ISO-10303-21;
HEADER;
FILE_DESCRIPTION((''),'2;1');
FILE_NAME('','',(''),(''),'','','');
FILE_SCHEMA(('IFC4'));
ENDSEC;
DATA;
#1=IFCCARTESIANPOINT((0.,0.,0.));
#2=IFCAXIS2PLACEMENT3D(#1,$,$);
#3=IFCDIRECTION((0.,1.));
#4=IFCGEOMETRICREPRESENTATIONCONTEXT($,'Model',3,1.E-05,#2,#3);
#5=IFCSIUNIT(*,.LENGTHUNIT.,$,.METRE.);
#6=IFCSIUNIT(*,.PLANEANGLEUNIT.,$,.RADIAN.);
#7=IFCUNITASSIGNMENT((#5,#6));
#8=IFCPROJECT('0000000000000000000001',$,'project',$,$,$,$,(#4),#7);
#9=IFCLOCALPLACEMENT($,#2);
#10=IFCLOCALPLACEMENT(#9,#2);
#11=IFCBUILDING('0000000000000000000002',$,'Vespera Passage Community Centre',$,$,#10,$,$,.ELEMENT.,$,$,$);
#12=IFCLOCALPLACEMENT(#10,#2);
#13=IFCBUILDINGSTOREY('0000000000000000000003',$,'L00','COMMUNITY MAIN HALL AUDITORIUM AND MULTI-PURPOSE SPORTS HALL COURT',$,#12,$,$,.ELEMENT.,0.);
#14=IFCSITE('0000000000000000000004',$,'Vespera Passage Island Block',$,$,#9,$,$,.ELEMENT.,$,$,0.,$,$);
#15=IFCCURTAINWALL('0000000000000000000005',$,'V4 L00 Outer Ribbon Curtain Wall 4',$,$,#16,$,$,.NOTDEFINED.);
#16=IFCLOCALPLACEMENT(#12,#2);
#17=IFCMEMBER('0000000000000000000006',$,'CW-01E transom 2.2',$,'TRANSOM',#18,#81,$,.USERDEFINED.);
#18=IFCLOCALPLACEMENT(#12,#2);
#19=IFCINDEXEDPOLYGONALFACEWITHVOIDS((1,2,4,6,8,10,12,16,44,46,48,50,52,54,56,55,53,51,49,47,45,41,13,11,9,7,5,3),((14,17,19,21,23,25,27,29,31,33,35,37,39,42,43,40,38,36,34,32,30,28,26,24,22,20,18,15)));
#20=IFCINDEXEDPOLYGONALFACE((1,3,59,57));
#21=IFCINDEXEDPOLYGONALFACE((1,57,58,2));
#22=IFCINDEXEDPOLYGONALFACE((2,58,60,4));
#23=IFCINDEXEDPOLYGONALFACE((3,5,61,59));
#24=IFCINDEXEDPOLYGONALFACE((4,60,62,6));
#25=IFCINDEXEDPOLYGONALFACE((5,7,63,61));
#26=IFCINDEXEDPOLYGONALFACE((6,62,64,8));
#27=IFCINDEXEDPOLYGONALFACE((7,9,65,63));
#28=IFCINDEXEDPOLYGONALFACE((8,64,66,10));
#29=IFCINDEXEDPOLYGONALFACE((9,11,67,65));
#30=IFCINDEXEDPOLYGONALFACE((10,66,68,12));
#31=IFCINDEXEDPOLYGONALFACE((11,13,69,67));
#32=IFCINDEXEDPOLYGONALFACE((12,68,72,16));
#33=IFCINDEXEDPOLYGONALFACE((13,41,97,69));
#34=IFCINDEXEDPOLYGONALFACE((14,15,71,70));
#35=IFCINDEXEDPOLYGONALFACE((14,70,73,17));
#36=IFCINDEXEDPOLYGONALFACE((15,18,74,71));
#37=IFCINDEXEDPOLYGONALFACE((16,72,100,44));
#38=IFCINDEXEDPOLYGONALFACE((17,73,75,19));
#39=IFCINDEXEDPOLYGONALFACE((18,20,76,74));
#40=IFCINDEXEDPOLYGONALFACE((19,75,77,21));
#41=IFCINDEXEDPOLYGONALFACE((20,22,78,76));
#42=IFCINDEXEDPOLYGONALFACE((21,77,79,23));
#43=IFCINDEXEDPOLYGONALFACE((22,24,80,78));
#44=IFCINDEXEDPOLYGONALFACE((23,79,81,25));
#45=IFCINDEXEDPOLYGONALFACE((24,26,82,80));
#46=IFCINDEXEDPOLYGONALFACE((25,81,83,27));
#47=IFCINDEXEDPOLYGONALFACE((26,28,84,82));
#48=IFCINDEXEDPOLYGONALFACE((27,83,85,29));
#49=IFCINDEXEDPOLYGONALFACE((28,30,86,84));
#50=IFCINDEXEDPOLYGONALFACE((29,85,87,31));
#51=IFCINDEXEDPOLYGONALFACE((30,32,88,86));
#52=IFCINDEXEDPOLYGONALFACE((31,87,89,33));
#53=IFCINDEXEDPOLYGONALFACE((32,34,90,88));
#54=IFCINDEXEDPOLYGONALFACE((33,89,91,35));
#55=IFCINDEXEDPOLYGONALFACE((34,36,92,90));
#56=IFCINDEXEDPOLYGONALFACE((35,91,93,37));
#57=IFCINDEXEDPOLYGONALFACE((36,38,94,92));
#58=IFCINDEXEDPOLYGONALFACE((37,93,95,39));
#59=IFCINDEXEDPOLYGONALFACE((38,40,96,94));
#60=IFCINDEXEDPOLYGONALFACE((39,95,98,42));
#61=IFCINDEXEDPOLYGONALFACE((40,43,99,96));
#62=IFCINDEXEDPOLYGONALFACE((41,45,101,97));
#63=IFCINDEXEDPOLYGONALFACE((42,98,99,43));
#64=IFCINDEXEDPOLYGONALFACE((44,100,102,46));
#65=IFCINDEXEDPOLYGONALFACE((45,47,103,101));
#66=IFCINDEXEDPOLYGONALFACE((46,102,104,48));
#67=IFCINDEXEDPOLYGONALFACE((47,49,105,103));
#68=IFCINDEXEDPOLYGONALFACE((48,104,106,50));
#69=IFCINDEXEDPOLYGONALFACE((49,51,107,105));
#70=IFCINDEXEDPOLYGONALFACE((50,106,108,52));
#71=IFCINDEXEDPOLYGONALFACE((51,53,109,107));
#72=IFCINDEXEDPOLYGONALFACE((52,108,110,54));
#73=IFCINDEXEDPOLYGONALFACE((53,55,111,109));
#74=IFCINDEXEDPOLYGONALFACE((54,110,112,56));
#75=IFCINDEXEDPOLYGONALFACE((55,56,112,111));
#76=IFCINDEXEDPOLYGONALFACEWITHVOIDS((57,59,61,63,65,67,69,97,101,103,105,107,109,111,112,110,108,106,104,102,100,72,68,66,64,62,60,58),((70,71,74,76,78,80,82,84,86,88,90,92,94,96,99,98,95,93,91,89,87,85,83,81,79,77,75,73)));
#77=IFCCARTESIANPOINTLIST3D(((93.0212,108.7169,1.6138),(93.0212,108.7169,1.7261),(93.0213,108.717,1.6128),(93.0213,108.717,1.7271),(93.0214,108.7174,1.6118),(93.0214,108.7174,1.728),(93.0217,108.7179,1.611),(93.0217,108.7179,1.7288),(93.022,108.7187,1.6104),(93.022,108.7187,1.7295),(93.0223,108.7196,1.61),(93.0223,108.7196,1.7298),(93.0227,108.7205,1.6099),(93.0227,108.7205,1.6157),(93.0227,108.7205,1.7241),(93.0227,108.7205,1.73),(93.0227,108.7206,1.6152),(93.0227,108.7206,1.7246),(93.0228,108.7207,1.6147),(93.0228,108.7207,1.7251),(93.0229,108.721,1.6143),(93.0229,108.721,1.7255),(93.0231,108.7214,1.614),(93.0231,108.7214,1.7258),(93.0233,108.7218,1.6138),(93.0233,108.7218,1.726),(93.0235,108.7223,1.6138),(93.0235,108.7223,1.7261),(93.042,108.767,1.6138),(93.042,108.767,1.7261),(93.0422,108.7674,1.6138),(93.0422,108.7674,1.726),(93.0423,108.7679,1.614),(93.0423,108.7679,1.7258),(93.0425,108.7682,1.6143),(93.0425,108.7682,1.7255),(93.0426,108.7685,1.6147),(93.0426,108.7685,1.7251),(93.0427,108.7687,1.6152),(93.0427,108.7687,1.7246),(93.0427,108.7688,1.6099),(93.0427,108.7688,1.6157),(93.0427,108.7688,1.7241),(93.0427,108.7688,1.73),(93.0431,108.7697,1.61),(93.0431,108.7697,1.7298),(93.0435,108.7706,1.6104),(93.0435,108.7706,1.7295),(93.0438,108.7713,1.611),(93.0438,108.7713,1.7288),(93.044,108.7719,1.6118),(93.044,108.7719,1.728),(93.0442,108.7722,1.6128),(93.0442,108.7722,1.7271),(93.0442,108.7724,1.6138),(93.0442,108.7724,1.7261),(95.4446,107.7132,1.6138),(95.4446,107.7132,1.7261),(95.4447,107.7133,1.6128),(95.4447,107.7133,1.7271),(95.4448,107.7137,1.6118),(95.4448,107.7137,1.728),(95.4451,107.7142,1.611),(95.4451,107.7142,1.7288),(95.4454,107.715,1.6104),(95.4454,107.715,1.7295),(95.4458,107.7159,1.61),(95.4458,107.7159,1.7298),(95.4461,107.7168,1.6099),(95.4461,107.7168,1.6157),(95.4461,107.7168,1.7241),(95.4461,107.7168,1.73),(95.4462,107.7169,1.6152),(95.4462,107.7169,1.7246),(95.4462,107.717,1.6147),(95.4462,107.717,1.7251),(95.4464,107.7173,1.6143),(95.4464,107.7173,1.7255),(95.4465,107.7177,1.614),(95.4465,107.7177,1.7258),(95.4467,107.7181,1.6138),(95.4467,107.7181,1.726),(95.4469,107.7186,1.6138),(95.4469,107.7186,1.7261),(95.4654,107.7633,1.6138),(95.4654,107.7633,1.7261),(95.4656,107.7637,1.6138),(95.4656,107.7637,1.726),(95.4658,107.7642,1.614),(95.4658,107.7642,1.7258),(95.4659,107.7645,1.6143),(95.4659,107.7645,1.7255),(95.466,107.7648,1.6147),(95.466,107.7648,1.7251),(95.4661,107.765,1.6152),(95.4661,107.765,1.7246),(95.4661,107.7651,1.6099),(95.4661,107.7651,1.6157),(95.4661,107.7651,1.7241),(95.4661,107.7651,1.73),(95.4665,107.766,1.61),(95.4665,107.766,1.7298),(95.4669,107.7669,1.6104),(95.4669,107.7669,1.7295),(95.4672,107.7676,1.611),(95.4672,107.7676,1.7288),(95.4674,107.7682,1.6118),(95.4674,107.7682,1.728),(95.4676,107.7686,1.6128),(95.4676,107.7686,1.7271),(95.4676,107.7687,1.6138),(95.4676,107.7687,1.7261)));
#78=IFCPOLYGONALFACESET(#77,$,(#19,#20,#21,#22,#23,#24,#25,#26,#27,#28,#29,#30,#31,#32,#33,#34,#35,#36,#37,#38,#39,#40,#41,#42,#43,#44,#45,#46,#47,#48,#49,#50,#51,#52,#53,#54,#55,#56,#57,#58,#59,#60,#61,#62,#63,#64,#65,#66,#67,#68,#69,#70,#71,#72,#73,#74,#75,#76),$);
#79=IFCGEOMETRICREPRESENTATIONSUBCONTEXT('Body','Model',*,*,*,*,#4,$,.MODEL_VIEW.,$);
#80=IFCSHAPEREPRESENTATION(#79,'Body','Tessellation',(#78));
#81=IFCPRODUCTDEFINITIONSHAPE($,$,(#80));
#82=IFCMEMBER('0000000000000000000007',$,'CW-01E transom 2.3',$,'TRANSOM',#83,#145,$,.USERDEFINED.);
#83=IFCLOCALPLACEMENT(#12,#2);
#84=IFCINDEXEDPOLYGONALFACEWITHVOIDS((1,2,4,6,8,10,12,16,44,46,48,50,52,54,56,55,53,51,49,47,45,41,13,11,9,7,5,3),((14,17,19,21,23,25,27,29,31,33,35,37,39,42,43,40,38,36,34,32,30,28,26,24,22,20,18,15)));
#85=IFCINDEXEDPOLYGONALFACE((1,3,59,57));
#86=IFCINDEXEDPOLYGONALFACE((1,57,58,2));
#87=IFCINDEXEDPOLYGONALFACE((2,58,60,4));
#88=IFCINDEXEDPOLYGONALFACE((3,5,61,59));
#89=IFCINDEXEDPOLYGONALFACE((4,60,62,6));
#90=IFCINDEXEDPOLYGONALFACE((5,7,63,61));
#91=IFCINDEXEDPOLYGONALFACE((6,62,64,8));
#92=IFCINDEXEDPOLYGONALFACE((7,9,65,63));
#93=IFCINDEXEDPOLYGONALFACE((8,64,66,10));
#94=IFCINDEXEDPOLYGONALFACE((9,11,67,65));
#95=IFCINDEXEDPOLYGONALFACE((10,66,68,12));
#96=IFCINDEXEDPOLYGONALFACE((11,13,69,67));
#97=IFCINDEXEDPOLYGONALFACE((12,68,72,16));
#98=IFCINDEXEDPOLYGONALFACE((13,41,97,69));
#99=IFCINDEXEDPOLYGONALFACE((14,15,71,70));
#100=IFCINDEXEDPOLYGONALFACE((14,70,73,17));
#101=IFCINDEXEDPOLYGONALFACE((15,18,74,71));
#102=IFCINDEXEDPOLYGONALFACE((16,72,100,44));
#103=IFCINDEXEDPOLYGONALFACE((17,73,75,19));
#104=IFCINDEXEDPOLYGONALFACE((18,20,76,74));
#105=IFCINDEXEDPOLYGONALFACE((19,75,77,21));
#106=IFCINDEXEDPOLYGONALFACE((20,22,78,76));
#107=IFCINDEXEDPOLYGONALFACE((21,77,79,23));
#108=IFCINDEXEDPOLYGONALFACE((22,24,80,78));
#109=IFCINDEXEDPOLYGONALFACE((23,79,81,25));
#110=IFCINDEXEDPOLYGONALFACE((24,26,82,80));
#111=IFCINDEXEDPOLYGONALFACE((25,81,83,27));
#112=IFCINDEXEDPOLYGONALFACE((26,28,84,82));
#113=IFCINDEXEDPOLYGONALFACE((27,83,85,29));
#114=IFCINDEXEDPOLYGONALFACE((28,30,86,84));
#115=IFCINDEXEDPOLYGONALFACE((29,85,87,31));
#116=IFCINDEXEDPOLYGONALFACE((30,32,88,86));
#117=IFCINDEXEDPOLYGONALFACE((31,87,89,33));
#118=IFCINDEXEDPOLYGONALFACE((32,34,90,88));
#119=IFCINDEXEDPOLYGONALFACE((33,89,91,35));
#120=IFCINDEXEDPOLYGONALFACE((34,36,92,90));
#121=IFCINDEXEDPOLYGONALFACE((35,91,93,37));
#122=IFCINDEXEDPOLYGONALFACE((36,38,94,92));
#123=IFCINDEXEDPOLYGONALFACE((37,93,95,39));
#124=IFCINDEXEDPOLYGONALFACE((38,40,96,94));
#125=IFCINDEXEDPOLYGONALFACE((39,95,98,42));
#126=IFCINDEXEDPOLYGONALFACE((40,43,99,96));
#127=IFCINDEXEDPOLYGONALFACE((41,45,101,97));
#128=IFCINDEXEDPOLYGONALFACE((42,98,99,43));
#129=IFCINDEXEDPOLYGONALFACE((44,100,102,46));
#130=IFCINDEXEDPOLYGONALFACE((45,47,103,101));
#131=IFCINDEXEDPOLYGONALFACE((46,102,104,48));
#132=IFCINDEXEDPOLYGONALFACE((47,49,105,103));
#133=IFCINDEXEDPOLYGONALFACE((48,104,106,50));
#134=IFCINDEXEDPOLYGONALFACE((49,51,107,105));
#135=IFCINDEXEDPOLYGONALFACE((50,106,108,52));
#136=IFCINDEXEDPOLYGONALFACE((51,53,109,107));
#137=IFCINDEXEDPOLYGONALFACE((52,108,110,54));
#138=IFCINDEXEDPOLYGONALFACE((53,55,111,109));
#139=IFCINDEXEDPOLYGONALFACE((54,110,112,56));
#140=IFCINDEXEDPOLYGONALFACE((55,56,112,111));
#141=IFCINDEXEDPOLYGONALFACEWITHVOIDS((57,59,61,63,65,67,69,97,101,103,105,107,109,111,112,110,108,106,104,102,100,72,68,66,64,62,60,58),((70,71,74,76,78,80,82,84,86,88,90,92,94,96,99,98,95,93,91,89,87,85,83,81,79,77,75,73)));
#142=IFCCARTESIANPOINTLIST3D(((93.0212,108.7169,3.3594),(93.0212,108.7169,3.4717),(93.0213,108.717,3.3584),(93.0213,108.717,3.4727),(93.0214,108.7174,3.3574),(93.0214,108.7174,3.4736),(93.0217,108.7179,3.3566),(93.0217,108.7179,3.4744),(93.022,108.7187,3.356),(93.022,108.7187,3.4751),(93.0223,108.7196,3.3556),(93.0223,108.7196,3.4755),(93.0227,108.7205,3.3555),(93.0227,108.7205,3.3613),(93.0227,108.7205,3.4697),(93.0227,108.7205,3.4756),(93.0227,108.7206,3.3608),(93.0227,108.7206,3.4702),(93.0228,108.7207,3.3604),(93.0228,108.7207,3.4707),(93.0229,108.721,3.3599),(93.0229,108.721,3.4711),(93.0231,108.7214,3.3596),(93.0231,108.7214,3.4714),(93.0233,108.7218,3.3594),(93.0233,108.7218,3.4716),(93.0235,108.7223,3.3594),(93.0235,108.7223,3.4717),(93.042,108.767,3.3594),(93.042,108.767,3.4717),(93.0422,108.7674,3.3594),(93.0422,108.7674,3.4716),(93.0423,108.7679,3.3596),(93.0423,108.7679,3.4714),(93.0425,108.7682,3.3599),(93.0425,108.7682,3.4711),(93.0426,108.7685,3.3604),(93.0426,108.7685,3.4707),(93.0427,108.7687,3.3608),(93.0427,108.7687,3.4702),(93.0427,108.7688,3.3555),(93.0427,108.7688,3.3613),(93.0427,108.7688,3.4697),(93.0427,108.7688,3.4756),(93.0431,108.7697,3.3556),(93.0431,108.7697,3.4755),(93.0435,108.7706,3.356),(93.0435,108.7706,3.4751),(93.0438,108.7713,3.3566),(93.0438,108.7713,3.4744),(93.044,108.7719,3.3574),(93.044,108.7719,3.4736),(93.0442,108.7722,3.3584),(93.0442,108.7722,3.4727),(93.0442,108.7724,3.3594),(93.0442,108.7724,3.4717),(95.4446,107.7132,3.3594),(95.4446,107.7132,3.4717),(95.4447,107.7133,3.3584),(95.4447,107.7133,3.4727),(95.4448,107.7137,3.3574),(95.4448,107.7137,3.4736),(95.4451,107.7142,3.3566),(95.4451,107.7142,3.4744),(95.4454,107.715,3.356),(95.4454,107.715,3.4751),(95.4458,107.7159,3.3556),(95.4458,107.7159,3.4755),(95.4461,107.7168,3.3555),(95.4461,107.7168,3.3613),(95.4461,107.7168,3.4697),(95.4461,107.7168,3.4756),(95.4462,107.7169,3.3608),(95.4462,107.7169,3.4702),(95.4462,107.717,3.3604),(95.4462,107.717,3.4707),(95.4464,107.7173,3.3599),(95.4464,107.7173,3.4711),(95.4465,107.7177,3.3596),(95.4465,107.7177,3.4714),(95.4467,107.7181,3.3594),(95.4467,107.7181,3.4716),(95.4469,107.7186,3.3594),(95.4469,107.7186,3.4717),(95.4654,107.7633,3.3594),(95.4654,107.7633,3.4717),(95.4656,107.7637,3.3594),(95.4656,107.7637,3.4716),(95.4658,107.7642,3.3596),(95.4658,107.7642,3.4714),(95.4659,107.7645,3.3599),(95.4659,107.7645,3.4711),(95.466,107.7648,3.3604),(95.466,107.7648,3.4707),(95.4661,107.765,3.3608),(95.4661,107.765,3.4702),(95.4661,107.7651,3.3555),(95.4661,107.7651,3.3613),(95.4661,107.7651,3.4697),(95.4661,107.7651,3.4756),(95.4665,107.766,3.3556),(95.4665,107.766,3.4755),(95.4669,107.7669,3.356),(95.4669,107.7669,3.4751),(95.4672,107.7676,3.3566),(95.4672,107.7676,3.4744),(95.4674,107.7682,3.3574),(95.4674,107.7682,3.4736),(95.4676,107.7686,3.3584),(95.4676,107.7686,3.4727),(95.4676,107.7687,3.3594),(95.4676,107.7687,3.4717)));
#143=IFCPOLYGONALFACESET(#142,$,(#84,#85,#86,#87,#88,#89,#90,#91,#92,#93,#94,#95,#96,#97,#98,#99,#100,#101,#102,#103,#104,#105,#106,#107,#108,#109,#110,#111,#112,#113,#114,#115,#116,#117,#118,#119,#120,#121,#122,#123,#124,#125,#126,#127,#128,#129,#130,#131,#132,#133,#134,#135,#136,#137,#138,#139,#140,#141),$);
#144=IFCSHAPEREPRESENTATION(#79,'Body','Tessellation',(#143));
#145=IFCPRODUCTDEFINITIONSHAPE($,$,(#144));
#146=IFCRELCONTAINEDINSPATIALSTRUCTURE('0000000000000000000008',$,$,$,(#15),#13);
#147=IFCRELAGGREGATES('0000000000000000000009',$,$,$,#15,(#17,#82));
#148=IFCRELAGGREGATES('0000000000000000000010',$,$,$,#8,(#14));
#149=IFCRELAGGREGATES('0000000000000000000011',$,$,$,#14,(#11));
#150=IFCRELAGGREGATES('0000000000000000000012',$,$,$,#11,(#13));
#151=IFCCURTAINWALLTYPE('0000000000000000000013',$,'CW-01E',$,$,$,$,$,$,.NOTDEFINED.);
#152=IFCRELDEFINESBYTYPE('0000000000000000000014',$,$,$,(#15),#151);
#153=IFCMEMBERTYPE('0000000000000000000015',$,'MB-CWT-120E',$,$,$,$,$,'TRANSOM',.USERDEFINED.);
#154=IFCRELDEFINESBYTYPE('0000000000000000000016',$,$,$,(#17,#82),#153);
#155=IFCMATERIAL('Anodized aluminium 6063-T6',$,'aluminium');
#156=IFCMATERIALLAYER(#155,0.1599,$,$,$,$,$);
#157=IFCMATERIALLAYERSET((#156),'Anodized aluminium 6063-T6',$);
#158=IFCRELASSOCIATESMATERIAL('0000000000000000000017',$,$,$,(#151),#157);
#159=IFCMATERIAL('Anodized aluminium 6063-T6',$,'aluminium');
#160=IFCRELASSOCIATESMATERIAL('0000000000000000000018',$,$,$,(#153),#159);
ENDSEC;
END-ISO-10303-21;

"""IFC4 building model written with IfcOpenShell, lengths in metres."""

from ifc_helpers import new_model, si_unit, direction, frame, origin, origin_2d, place, context, subcontext, project, spatial, hollow_rectangle, extrude, material, layer, layer_set, material_profile, profile_set, type_object, element, aggregate, save


model = new_model("IFC4")

# Units and contexts
model_context = context("Model", 3, precision=1e-05, world=origin(), true_north=direction((0.0, 1.0)))
body_context = subcontext(model_context, "Body", "Model", "MODEL_VIEW")
ifc_project = project(units=[si_unit("LENGTHUNIT", "METRE"), si_unit("PLANEANGLEUNIT", "RADIAN")], contexts=[model_context])

# Site, building, storey
site_placement = place(None, origin())
site = spatial("IfcSite", under=ifc_project, at=site_placement, Name="Vespera Passage Island Block", CompositionType="ELEMENT", RefElevation=0.0)
building_placement = place(site_placement, origin())
building = spatial("IfcBuilding", under=site, at=building_placement, Name="Vespera Passage Community Centre", CompositionType="ELEMENT")
storey_placement = place(building_placement, origin())
storey = spatial("IfcBuildingStorey", under=building, at=storey_placement, Name="L00", Description="COMMUNITY MAIN HALL AUDITORIUM AND MULTI-PURPOSE SPORTS HALL COURT", CompositionType="ELEMENT", Elevation=0.0)

# Curtain wall
ifc_material_1 = material(Name="Anodized aluminium 6063-T6", Category="aluminium")
ifc_layer_1 = layer(ifc_material_1, 0.1599)
ifc_layer_set_1 = layer_set([ifc_layer_1], Name="Anodized aluminium 6063-T6")
curtain_wall_type_1 = type_object("IfcCurtainWallType", Name="CW-01E", PredefinedType="NOTDEFINED", material=ifc_layer_set_1)
curtain_wall_1_placement = place(storey_placement, origin())
curtain_wall_1 = element("IfcCurtainWall", 1, at=curtain_wall_1_placement, inside=storey, type_object=curtain_wall_type_1, Name="V4 L00 Outer Ribbon Curtain Wall 4", PredefinedType="NOTDEFINED")

# Members
ifc_material_2 = material(Name="Anodized aluminium 6063-T6", Category="aluminium")
ifc_material_profile_1 = material_profile(ifc_material_2, hollow_rectangle(XDim=0.0601, YDim=0.1201, WallThickness=0.0039, InnerFilletRadius=0.002, OuterFilletRadius=0.0039, at=origin_2d()), Name="ALU120X60X4")
ifc_profile_set_1 = profile_set([ifc_material_profile_1], Name="Anodized aluminium 6063-T6")
member_type_1 = type_object("IfcMemberType", Name="MB-CWT-120E", ElementType="TRANSOM", PredefinedType="USERDEFINED", material=ifc_profile_set_1)
member_1_placement = place(storey_placement, frame((93.0327, 108.7446, 1.6699), z_axis=(0.923895, -0.382645, 0.0), x_axis=(0.382645, 0.923895, 0.0)))
member_1 = element("IfcMember", 2, at=member_1_placement, type_object=member_type_1, Name="CW-01E transom 2.2", ObjectType="TRANSOM", PredefinedType="USERDEFINED", context=body_context, shape_type="SweptSolid", body=[
    extrude(hollow_rectangle(XDim=0.0601, YDim=0.1201, WallThickness=0.0039, InnerFilletRadius=0.002, OuterFilletRadius=0.0039, at=origin_2d()), origin(), (0.0, 0.0, 1.0), 2.623),
])
member_2_placement = place(storey_placement, frame((93.0327, 108.7446, 3.4155), z_axis=(0.923895, -0.382645, 0.0), x_axis=(0.382645, 0.923895, 0.0)))
member_2 = element("IfcMember", 3, at=member_2_placement, type_object=member_type_1, Name="CW-01E transom 2.3", ObjectType="TRANSOM", PredefinedType="USERDEFINED", context=body_context, shape_type="SweptSolid", body=[
    extrude(hollow_rectangle(XDim=0.0601, YDim=0.1201, WallThickness=0.0039, InnerFilletRadius=0.002, OuterFilletRadius=0.0039, at=origin_2d()), origin(), (0.0, 0.0, 1.0), 2.623),
])

aggregate(curtain_wall_1, [member_1, member_2])

save(model, "model.ifc")
